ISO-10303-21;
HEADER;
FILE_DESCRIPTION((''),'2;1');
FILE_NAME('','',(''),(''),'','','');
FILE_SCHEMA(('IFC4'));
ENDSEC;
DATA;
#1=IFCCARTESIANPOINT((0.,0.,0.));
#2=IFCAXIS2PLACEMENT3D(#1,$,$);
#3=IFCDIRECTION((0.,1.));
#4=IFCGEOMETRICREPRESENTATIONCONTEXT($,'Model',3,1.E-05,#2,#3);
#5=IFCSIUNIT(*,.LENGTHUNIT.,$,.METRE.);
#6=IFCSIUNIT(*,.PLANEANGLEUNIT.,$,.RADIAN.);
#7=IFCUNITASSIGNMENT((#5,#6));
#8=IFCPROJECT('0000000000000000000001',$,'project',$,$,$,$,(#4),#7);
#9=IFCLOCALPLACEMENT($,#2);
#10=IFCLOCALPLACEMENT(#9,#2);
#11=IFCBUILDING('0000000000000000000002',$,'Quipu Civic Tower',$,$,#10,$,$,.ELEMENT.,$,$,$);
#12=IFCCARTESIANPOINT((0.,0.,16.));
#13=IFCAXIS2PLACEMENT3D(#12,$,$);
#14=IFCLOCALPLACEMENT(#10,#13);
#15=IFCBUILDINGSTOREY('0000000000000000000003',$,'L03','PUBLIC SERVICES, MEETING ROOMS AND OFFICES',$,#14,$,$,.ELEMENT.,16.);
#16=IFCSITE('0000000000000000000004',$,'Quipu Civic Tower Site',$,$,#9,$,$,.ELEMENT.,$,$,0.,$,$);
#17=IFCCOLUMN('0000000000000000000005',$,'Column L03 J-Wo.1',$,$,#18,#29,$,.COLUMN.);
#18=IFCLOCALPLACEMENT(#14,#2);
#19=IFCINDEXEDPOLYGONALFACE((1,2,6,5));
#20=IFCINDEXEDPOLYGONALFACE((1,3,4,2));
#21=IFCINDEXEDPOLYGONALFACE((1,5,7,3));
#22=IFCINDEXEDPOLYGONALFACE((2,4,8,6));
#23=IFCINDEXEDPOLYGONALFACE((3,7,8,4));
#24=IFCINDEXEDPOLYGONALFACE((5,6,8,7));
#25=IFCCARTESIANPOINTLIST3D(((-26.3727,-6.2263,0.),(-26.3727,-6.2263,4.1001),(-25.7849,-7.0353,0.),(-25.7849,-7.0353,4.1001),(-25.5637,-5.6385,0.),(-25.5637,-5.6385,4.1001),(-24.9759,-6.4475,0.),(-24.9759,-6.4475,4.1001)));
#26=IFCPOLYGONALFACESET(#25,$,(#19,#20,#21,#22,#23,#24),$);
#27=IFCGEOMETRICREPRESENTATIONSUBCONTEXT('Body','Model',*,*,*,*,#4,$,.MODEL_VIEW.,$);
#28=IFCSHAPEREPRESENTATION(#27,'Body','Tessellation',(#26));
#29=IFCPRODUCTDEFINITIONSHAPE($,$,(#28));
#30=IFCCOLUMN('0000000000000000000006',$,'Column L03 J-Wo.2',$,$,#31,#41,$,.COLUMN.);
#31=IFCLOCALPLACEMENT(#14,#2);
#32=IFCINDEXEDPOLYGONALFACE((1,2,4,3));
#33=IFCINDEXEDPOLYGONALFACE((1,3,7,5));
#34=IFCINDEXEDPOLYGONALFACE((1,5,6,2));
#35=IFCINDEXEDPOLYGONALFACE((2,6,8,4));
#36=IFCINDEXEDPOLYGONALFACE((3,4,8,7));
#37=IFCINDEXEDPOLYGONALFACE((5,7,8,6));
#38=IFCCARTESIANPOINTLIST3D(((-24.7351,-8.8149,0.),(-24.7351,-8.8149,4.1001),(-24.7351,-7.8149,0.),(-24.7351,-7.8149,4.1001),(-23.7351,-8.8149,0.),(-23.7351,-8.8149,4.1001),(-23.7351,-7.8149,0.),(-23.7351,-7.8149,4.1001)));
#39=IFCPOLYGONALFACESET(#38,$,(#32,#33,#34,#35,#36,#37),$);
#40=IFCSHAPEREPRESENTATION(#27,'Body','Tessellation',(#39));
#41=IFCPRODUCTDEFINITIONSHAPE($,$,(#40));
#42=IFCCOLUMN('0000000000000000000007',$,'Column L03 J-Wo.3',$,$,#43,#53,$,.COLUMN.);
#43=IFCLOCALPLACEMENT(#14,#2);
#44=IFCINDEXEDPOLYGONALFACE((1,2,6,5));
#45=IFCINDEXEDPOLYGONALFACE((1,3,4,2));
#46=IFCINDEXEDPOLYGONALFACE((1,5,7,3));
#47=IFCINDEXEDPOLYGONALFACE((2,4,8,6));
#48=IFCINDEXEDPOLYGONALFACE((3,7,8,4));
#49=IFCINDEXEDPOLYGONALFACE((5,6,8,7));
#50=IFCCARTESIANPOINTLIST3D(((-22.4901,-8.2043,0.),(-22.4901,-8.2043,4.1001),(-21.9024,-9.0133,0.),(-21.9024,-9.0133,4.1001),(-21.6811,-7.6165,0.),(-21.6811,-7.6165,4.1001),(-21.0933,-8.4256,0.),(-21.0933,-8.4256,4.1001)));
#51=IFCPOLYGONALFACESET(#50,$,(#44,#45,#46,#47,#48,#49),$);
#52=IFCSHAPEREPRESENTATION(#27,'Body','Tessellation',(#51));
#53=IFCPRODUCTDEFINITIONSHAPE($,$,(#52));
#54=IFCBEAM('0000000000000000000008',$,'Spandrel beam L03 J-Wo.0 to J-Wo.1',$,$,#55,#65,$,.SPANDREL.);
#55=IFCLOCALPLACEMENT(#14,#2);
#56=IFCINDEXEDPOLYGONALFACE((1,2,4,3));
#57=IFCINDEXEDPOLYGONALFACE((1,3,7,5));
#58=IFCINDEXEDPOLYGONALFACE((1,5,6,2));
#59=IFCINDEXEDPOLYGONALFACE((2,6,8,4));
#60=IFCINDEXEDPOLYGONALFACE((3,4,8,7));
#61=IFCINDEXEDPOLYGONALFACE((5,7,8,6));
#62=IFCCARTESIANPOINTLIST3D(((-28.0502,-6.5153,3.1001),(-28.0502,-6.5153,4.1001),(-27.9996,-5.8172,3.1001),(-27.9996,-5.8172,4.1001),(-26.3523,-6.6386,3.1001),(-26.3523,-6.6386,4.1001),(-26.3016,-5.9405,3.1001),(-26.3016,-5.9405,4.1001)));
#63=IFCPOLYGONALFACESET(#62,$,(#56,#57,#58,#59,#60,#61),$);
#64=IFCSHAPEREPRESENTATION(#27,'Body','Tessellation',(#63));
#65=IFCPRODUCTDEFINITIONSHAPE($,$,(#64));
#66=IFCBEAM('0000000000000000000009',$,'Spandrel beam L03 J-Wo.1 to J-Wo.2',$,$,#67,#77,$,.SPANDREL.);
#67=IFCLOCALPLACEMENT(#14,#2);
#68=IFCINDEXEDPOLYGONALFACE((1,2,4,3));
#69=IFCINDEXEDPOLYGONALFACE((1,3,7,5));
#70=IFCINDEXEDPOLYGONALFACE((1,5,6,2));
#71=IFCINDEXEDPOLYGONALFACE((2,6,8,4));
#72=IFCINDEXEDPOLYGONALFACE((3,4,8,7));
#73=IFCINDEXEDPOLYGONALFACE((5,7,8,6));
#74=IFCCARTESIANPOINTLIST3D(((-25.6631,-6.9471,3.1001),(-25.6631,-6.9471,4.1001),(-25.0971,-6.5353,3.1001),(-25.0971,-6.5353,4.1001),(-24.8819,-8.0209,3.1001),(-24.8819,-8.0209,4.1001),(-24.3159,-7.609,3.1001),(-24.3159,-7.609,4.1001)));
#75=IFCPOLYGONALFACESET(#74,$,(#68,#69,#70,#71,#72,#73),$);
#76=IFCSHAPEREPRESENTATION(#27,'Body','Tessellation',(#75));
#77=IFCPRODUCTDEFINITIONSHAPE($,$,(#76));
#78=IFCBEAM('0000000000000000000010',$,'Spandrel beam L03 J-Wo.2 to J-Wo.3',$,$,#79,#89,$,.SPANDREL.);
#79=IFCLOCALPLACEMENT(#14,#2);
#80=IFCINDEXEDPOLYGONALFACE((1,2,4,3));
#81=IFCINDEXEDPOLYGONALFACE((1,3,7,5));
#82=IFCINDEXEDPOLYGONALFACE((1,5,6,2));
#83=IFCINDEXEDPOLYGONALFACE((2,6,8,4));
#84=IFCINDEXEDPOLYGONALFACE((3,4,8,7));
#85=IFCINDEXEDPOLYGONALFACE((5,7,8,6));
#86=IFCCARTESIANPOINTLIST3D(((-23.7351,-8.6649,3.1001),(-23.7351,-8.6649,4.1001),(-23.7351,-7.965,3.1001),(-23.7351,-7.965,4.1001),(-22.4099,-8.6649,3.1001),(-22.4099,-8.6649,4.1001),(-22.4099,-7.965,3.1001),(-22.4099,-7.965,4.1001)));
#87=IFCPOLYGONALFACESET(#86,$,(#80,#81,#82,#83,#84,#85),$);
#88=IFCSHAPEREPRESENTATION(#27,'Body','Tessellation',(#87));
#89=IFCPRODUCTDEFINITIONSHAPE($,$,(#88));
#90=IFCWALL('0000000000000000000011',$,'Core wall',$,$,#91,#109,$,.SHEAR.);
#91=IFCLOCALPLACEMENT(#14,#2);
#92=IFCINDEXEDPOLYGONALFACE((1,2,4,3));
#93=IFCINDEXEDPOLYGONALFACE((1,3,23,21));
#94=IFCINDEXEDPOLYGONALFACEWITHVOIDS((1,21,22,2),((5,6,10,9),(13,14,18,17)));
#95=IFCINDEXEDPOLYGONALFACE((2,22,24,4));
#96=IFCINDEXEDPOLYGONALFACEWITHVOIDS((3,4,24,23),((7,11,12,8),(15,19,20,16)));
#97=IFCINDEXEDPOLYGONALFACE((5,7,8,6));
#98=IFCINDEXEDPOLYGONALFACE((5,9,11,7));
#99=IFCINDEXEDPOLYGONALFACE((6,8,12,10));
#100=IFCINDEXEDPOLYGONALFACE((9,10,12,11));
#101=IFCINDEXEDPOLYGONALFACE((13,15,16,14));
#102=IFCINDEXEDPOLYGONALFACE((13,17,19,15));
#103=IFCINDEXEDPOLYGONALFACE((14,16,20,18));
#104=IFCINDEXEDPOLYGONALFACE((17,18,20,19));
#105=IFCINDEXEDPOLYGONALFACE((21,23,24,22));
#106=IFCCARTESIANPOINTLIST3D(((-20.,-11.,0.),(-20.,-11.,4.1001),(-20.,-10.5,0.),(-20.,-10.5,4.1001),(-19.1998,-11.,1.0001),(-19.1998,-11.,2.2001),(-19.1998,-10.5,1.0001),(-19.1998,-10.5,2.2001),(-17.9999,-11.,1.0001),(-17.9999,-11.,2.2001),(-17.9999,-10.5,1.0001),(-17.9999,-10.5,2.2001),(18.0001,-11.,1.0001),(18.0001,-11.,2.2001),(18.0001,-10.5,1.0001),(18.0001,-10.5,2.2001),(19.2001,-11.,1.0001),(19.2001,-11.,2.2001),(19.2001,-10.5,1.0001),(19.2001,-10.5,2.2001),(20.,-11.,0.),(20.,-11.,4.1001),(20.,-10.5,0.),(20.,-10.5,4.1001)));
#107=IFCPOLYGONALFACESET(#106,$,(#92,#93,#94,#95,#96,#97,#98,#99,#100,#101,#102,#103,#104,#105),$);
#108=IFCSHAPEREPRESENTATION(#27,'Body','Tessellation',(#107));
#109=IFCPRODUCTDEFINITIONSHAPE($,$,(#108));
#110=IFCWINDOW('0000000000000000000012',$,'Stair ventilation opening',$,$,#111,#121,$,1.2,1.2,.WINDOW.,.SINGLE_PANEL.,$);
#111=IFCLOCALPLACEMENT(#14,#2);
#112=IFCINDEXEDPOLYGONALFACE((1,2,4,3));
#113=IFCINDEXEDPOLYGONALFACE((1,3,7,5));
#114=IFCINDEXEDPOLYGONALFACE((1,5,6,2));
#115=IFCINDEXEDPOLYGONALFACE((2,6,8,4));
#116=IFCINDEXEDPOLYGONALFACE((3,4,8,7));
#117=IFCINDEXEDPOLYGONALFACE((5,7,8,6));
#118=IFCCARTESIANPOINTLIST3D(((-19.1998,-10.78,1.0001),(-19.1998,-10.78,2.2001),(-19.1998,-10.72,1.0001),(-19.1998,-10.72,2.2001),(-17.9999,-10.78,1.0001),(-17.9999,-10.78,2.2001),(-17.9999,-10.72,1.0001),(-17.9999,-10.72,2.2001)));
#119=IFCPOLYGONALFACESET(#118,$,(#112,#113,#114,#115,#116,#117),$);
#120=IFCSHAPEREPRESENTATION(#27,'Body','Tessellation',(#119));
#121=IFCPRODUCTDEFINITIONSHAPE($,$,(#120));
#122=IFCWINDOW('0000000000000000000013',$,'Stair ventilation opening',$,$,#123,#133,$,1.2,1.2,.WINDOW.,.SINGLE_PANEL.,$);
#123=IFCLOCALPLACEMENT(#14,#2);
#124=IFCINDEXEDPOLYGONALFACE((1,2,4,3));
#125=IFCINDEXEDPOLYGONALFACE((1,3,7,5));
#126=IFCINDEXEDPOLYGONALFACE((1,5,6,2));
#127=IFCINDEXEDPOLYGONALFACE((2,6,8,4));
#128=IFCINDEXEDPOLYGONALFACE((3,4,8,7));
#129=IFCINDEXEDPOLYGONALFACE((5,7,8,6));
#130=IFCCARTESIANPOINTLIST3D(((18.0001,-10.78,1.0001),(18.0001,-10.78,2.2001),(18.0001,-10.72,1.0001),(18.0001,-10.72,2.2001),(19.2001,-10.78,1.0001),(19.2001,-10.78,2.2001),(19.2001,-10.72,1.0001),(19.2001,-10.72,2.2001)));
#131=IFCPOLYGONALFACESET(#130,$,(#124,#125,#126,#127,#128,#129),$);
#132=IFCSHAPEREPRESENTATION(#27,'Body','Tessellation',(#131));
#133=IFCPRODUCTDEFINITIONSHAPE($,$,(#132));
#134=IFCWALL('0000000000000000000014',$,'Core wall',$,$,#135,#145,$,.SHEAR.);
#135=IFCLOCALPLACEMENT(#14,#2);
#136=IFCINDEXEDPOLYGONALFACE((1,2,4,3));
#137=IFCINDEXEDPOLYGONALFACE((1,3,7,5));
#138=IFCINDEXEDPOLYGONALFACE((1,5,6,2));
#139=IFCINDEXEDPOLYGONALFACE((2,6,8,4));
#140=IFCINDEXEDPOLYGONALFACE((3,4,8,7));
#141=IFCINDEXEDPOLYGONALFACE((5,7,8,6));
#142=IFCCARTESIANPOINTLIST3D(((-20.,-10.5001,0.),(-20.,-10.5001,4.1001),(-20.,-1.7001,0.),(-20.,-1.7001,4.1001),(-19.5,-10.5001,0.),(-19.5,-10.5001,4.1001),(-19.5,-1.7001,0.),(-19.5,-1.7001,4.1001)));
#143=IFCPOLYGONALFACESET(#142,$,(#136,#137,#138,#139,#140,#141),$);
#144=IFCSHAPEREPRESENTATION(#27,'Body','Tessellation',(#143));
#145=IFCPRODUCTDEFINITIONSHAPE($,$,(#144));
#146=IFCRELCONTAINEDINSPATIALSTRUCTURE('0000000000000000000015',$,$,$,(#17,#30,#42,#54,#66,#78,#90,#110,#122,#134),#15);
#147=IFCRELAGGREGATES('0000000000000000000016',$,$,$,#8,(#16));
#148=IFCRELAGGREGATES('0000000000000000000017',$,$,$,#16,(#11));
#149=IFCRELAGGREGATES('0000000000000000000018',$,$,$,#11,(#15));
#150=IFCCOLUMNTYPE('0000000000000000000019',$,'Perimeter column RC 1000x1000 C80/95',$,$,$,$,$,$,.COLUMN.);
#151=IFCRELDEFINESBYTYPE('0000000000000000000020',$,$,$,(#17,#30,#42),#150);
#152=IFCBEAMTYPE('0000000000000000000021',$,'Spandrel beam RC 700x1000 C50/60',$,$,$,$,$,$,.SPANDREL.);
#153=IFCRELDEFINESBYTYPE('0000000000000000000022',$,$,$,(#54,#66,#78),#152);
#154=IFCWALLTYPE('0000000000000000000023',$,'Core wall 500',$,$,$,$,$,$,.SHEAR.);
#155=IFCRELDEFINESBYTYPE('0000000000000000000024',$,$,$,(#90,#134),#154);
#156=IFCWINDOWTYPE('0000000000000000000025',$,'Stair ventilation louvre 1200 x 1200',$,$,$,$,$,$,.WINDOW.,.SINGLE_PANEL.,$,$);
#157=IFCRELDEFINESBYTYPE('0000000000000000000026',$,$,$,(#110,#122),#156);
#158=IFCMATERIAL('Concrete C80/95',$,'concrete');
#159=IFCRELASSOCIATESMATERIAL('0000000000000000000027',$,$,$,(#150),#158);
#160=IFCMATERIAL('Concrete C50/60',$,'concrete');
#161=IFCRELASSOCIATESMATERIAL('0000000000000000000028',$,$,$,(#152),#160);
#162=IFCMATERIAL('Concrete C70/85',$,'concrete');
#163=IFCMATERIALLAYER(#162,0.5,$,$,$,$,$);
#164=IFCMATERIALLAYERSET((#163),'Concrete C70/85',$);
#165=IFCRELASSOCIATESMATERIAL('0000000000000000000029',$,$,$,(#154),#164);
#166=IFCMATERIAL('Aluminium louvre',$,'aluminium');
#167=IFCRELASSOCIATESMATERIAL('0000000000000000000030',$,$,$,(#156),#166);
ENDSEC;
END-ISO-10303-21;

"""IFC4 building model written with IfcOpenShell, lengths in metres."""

from ifc_helpers import new_model, si_unit, direction, frame, frame_2d, origin, origin_2d, place, context, subcontext, project, spatial, rectangle, extrude, material, layer, layer_set, material_profile, profile_set, type_object, element, fill, save


model = new_model("IFC4")

# Units and contexts
model_context = context("Model", 3, precision=1e-05, world=origin(), true_north=direction((0.0, 1.0)))
body_context = subcontext(model_context, "Body", "Model", "MODEL_VIEW")
ifc_project = project(units=[si_unit("LENGTHUNIT", "METRE"), si_unit("PLANEANGLEUNIT", "RADIAN")], contexts=[model_context])

# Site, building, storey
site_placement = place(None, origin())
site = spatial("IfcSite", under=ifc_project, at=site_placement, Name="Quipu Civic Tower Site", CompositionType="ELEMENT", RefElevation=0.0)
building_placement = place(site_placement, origin())
building = spatial("IfcBuilding", under=site, at=building_placement, Name="Quipu Civic Tower", CompositionType="ELEMENT")
storey_placement = place(building_placement, frame((0.0, 0.0, 16.0)))
storey = spatial("IfcBuildingStorey", under=building, at=storey_placement, Name="L03", Description="PUBLIC SERVICES, MEETING ROOMS AND OFFICES", CompositionType="ELEMENT", Elevation=16.0)

# Columns
ifc_material_1 = material(Name="Concrete C80/95", Category="concrete")
ifc_material_profile_1 = material_profile(ifc_material_1, rectangle(XDim=1.0, YDim=1.0, at=origin_2d()), Name="RC1000x1000")
ifc_profile_set_1 = profile_set([ifc_material_profile_1], Name="Concrete C80/95")
column_type = type_object("IfcColumnType", Name="Perimeter column RC 1000x1000 C80/95", PredefinedType="COLUMN", material=ifc_profile_set_1)
for number, where, z_axis, x_axis, name in (
    (1, (-25.6743, -6.3369, 0.0), (0.0, 0.0, 1.0), (0.587785, -0.809017, 0.0), "Column L03 J-Wo.1"),
    (2, (-24.2351, -8.3149, 0.0), (0.0, 0.0, 1.0), (1.0, 0.0, 0.0), "Column L03 J-Wo.2"),
    (3, (-21.7917, -8.3149, 0.0), (0.0, 0.0, 1.0), (0.587785, -0.809017, 0.0), "Column L03 J-Wo.3"),
):
    element("IfcColumn", number, at=place(storey_placement, frame(where, z_axis=z_axis, x_axis=x_axis)), inside=storey, type_object=column_type, Name=name, PredefinedType="COLUMN", context=body_context, shape_type="SweptSolid", body=[
        extrude(rectangle(XDim=1.0, YDim=1.0, at=origin_2d()), origin(), (0.0, 0.0, 1.0), 4.1001),
    ])

# Beams
ifc_material_2 = material(Name="Concrete C50/60", Category="concrete")
ifc_material_profile_2 = material_profile(ifc_material_2, rectangle(XDim=0.7, YDim=1.0, at=origin_2d()), Name="RC700x1000")
ifc_profile_set_2 = profile_set([ifc_material_profile_2], Name="Concrete C50/60")
beam_type = type_object("IfcBeamType", Name="Spandrel beam RC 700x1000 C50/60", PredefinedType="SPANDREL", material=ifc_profile_set_2)
beam_1_placement = place(storey_placement, frame((-28.0249, -6.1663, 3.6001), z_axis=(0.997374, -0.072419, 0.0), x_axis=(0.072419, 0.997374, 0.0)))
element("IfcBeam", 4, at=beam_1_placement, inside=storey, type_object=beam_type, Name="Spandrel beam L03 J-Wo.0 to J-Wo.1", PredefinedType="SPANDREL", context=body_context, shape_type="SweptSolid", body=[
    extrude(rectangle(XDim=0.7, YDim=1.0, at=origin_2d()), origin(), (0.0, 0.0, 1.0), 1.7024),
])
beam_2_placement = place(storey_placement, frame((-25.3801, -6.7412, 3.6001), z_axis=(0.588347, -0.808609, 0.0), x_axis=(0.808609, 0.588347, 0.0)))
element("IfcBeam", 5, at=beam_2_placement, inside=storey, type_object=beam_type, Name="Spandrel beam L03 J-Wo.1 to J-Wo.2", PredefinedType="SPANDREL", context=body_context, shape_type="SweptSolid", body=[
    extrude(rectangle(XDim=0.7, YDim=1.0, at=origin_2d()), origin(), (0.0, 0.0, 1.0), 1.3279),
])
beam_3_placement = place(storey_placement, frame((-23.7351, -8.3149, 3.6001), z_axis=(1.0, 0.0, 0.0), x_axis=(0.0, 1.0, 0.0)))
element("IfcBeam", 6, at=beam_3_placement, inside=storey, type_object=beam_type, Name="Spandrel beam L03 J-Wo.2 to J-Wo.3", PredefinedType="SPANDREL", context=body_context, shape_type="SweptSolid", body=[
    extrude(rectangle(XDim=0.7, YDim=1.0, at=origin_2d()), origin(), (0.0, 0.0, 1.0), 1.3252),
])

# Wall, openings, windows
ifc_material_3 = material(Name="Concrete C70/85", Category="concrete")
ifc_layer_1 = layer(ifc_material_3, 0.5)
ifc_layer_set_1 = layer_set([ifc_layer_1], Name="Concrete C70/85")
wall_type_1 = type_object("IfcWallType", Name="Core wall 500", PredefinedType="SHEAR", material=ifc_layer_set_1)
wall_1_placement = place(storey_placement, frame((-20.0, -10.75, 0.0), z_axis=(0.0, 0.0, 1.0), x_axis=(1.0, 0.0, 0.0)))
wall_1 = element("IfcWall", 7, at=wall_1_placement, inside=storey, type_object=wall_type_1, Name="Core wall", PredefinedType="SHEAR", context=body_context, shape_type="SweptSolid", body=[
    extrude(rectangle(XDim=40.0, YDim=0.5, at=frame_2d((20.0, 0.0))), origin(), (0.0, 0.0, 1.0), 4.1001),
])
opening_1_placement = place(wall_1_placement, frame((0.8, 0.0, 1.0)))
opening_1 = element("IfcOpeningElement", 8, at=opening_1_placement, cuts=wall_1, PredefinedType="OPENING", context=body_context, shape_type="SweptSolid", body=[
    extrude(rectangle(XDim=1.2, YDim=1.2, at=frame_2d((0.6001, 0.6001))), frame((0.0, 0.26, 0.0), z_axis=(0.0, -1.0, 0.0), x_axis=(1.0, 0.0, 0.0)), (0.0, 0.0, 1.0), 0.52),
])
opening_2_placement = place(wall_1_placement, frame((38.0, 0.0, 1.0)))
opening_2 = element("IfcOpeningElement", 9, at=opening_2_placement, cuts=wall_1, PredefinedType="OPENING", context=body_context, shape_type="SweptSolid", body=[
    extrude(rectangle(XDim=1.2, YDim=1.2, at=frame_2d((0.6001, 0.6001))), frame((0.0, 0.26, 0.0), z_axis=(0.0, -1.0, 0.0), x_axis=(1.0, 0.0, 0.0)), (0.0, 0.0, 1.0), 0.52),
])
ifc_material_4 = material(Name="Aluminium louvre", Category="aluminium")
window_type = type_object("IfcWindowType", Name="Stair ventilation louvre 1200 x 1200", PartitioningType="SINGLE_PANEL", PredefinedType="WINDOW", material=ifc_material_4)
window_1_placement = place(opening_1_placement, origin())
window_1 = element("IfcWindow", 10, at=window_1_placement, inside=storey, type_object=window_type, Name="Stair ventilation opening", OverallHeight=1.2, OverallWidth=1.2, PartitioningType="SINGLE_PANEL", PredefinedType="WINDOW", context=body_context, shape_type="SweptSolid", body=[
    extrude(rectangle(XDim=1.2, YDim=1.2, at=frame_2d((0.6001, 0.6001))), frame((0.0, 0.03, 0.0), z_axis=(0.0, -1.0, 0.0), x_axis=(1.0, 0.0, 0.0)), (0.0, 0.0, 1.0), 0.0601),
])
fill(opening_1, window_1)
window_2_placement = place(opening_2_placement, origin())
window_2 = element("IfcWindow", 11, at=window_2_placement, inside=storey, type_object=window_type, Name="Stair ventilation opening", OverallHeight=1.2, OverallWidth=1.2, PartitioningType="SINGLE_PANEL", PredefinedType="WINDOW", context=body_context, shape_type="SweptSolid", body=[
    extrude(rectangle(XDim=1.2, YDim=1.2, at=frame_2d((0.6001, 0.6001))), frame((0.0, 0.03, 0.0), z_axis=(0.0, -1.0, 0.0), x_axis=(1.0, 0.0, 0.0)), (0.0, 0.0, 1.0), 0.0601),
])
fill(opening_2, window_2)

# Wall
wall_2_placement = place(storey_placement, frame((-19.75, -10.5, 0.0), z_axis=(0.0, 0.0, 1.0), x_axis=(0.0, 1.0, 0.0)))
element("IfcWall", 12, at=wall_2_placement, inside=storey, type_object=wall_type_1, Name="Core wall", PredefinedType="SHEAR", context=body_context, shape_type="SweptSolid", body=[
    extrude(rectangle(XDim=8.8, YDim=0.5, at=frame_2d((4.3999, 0.0))), origin(), (0.0, 0.0, 1.0), 4.1001),
])

save(model, "model.ifc")
